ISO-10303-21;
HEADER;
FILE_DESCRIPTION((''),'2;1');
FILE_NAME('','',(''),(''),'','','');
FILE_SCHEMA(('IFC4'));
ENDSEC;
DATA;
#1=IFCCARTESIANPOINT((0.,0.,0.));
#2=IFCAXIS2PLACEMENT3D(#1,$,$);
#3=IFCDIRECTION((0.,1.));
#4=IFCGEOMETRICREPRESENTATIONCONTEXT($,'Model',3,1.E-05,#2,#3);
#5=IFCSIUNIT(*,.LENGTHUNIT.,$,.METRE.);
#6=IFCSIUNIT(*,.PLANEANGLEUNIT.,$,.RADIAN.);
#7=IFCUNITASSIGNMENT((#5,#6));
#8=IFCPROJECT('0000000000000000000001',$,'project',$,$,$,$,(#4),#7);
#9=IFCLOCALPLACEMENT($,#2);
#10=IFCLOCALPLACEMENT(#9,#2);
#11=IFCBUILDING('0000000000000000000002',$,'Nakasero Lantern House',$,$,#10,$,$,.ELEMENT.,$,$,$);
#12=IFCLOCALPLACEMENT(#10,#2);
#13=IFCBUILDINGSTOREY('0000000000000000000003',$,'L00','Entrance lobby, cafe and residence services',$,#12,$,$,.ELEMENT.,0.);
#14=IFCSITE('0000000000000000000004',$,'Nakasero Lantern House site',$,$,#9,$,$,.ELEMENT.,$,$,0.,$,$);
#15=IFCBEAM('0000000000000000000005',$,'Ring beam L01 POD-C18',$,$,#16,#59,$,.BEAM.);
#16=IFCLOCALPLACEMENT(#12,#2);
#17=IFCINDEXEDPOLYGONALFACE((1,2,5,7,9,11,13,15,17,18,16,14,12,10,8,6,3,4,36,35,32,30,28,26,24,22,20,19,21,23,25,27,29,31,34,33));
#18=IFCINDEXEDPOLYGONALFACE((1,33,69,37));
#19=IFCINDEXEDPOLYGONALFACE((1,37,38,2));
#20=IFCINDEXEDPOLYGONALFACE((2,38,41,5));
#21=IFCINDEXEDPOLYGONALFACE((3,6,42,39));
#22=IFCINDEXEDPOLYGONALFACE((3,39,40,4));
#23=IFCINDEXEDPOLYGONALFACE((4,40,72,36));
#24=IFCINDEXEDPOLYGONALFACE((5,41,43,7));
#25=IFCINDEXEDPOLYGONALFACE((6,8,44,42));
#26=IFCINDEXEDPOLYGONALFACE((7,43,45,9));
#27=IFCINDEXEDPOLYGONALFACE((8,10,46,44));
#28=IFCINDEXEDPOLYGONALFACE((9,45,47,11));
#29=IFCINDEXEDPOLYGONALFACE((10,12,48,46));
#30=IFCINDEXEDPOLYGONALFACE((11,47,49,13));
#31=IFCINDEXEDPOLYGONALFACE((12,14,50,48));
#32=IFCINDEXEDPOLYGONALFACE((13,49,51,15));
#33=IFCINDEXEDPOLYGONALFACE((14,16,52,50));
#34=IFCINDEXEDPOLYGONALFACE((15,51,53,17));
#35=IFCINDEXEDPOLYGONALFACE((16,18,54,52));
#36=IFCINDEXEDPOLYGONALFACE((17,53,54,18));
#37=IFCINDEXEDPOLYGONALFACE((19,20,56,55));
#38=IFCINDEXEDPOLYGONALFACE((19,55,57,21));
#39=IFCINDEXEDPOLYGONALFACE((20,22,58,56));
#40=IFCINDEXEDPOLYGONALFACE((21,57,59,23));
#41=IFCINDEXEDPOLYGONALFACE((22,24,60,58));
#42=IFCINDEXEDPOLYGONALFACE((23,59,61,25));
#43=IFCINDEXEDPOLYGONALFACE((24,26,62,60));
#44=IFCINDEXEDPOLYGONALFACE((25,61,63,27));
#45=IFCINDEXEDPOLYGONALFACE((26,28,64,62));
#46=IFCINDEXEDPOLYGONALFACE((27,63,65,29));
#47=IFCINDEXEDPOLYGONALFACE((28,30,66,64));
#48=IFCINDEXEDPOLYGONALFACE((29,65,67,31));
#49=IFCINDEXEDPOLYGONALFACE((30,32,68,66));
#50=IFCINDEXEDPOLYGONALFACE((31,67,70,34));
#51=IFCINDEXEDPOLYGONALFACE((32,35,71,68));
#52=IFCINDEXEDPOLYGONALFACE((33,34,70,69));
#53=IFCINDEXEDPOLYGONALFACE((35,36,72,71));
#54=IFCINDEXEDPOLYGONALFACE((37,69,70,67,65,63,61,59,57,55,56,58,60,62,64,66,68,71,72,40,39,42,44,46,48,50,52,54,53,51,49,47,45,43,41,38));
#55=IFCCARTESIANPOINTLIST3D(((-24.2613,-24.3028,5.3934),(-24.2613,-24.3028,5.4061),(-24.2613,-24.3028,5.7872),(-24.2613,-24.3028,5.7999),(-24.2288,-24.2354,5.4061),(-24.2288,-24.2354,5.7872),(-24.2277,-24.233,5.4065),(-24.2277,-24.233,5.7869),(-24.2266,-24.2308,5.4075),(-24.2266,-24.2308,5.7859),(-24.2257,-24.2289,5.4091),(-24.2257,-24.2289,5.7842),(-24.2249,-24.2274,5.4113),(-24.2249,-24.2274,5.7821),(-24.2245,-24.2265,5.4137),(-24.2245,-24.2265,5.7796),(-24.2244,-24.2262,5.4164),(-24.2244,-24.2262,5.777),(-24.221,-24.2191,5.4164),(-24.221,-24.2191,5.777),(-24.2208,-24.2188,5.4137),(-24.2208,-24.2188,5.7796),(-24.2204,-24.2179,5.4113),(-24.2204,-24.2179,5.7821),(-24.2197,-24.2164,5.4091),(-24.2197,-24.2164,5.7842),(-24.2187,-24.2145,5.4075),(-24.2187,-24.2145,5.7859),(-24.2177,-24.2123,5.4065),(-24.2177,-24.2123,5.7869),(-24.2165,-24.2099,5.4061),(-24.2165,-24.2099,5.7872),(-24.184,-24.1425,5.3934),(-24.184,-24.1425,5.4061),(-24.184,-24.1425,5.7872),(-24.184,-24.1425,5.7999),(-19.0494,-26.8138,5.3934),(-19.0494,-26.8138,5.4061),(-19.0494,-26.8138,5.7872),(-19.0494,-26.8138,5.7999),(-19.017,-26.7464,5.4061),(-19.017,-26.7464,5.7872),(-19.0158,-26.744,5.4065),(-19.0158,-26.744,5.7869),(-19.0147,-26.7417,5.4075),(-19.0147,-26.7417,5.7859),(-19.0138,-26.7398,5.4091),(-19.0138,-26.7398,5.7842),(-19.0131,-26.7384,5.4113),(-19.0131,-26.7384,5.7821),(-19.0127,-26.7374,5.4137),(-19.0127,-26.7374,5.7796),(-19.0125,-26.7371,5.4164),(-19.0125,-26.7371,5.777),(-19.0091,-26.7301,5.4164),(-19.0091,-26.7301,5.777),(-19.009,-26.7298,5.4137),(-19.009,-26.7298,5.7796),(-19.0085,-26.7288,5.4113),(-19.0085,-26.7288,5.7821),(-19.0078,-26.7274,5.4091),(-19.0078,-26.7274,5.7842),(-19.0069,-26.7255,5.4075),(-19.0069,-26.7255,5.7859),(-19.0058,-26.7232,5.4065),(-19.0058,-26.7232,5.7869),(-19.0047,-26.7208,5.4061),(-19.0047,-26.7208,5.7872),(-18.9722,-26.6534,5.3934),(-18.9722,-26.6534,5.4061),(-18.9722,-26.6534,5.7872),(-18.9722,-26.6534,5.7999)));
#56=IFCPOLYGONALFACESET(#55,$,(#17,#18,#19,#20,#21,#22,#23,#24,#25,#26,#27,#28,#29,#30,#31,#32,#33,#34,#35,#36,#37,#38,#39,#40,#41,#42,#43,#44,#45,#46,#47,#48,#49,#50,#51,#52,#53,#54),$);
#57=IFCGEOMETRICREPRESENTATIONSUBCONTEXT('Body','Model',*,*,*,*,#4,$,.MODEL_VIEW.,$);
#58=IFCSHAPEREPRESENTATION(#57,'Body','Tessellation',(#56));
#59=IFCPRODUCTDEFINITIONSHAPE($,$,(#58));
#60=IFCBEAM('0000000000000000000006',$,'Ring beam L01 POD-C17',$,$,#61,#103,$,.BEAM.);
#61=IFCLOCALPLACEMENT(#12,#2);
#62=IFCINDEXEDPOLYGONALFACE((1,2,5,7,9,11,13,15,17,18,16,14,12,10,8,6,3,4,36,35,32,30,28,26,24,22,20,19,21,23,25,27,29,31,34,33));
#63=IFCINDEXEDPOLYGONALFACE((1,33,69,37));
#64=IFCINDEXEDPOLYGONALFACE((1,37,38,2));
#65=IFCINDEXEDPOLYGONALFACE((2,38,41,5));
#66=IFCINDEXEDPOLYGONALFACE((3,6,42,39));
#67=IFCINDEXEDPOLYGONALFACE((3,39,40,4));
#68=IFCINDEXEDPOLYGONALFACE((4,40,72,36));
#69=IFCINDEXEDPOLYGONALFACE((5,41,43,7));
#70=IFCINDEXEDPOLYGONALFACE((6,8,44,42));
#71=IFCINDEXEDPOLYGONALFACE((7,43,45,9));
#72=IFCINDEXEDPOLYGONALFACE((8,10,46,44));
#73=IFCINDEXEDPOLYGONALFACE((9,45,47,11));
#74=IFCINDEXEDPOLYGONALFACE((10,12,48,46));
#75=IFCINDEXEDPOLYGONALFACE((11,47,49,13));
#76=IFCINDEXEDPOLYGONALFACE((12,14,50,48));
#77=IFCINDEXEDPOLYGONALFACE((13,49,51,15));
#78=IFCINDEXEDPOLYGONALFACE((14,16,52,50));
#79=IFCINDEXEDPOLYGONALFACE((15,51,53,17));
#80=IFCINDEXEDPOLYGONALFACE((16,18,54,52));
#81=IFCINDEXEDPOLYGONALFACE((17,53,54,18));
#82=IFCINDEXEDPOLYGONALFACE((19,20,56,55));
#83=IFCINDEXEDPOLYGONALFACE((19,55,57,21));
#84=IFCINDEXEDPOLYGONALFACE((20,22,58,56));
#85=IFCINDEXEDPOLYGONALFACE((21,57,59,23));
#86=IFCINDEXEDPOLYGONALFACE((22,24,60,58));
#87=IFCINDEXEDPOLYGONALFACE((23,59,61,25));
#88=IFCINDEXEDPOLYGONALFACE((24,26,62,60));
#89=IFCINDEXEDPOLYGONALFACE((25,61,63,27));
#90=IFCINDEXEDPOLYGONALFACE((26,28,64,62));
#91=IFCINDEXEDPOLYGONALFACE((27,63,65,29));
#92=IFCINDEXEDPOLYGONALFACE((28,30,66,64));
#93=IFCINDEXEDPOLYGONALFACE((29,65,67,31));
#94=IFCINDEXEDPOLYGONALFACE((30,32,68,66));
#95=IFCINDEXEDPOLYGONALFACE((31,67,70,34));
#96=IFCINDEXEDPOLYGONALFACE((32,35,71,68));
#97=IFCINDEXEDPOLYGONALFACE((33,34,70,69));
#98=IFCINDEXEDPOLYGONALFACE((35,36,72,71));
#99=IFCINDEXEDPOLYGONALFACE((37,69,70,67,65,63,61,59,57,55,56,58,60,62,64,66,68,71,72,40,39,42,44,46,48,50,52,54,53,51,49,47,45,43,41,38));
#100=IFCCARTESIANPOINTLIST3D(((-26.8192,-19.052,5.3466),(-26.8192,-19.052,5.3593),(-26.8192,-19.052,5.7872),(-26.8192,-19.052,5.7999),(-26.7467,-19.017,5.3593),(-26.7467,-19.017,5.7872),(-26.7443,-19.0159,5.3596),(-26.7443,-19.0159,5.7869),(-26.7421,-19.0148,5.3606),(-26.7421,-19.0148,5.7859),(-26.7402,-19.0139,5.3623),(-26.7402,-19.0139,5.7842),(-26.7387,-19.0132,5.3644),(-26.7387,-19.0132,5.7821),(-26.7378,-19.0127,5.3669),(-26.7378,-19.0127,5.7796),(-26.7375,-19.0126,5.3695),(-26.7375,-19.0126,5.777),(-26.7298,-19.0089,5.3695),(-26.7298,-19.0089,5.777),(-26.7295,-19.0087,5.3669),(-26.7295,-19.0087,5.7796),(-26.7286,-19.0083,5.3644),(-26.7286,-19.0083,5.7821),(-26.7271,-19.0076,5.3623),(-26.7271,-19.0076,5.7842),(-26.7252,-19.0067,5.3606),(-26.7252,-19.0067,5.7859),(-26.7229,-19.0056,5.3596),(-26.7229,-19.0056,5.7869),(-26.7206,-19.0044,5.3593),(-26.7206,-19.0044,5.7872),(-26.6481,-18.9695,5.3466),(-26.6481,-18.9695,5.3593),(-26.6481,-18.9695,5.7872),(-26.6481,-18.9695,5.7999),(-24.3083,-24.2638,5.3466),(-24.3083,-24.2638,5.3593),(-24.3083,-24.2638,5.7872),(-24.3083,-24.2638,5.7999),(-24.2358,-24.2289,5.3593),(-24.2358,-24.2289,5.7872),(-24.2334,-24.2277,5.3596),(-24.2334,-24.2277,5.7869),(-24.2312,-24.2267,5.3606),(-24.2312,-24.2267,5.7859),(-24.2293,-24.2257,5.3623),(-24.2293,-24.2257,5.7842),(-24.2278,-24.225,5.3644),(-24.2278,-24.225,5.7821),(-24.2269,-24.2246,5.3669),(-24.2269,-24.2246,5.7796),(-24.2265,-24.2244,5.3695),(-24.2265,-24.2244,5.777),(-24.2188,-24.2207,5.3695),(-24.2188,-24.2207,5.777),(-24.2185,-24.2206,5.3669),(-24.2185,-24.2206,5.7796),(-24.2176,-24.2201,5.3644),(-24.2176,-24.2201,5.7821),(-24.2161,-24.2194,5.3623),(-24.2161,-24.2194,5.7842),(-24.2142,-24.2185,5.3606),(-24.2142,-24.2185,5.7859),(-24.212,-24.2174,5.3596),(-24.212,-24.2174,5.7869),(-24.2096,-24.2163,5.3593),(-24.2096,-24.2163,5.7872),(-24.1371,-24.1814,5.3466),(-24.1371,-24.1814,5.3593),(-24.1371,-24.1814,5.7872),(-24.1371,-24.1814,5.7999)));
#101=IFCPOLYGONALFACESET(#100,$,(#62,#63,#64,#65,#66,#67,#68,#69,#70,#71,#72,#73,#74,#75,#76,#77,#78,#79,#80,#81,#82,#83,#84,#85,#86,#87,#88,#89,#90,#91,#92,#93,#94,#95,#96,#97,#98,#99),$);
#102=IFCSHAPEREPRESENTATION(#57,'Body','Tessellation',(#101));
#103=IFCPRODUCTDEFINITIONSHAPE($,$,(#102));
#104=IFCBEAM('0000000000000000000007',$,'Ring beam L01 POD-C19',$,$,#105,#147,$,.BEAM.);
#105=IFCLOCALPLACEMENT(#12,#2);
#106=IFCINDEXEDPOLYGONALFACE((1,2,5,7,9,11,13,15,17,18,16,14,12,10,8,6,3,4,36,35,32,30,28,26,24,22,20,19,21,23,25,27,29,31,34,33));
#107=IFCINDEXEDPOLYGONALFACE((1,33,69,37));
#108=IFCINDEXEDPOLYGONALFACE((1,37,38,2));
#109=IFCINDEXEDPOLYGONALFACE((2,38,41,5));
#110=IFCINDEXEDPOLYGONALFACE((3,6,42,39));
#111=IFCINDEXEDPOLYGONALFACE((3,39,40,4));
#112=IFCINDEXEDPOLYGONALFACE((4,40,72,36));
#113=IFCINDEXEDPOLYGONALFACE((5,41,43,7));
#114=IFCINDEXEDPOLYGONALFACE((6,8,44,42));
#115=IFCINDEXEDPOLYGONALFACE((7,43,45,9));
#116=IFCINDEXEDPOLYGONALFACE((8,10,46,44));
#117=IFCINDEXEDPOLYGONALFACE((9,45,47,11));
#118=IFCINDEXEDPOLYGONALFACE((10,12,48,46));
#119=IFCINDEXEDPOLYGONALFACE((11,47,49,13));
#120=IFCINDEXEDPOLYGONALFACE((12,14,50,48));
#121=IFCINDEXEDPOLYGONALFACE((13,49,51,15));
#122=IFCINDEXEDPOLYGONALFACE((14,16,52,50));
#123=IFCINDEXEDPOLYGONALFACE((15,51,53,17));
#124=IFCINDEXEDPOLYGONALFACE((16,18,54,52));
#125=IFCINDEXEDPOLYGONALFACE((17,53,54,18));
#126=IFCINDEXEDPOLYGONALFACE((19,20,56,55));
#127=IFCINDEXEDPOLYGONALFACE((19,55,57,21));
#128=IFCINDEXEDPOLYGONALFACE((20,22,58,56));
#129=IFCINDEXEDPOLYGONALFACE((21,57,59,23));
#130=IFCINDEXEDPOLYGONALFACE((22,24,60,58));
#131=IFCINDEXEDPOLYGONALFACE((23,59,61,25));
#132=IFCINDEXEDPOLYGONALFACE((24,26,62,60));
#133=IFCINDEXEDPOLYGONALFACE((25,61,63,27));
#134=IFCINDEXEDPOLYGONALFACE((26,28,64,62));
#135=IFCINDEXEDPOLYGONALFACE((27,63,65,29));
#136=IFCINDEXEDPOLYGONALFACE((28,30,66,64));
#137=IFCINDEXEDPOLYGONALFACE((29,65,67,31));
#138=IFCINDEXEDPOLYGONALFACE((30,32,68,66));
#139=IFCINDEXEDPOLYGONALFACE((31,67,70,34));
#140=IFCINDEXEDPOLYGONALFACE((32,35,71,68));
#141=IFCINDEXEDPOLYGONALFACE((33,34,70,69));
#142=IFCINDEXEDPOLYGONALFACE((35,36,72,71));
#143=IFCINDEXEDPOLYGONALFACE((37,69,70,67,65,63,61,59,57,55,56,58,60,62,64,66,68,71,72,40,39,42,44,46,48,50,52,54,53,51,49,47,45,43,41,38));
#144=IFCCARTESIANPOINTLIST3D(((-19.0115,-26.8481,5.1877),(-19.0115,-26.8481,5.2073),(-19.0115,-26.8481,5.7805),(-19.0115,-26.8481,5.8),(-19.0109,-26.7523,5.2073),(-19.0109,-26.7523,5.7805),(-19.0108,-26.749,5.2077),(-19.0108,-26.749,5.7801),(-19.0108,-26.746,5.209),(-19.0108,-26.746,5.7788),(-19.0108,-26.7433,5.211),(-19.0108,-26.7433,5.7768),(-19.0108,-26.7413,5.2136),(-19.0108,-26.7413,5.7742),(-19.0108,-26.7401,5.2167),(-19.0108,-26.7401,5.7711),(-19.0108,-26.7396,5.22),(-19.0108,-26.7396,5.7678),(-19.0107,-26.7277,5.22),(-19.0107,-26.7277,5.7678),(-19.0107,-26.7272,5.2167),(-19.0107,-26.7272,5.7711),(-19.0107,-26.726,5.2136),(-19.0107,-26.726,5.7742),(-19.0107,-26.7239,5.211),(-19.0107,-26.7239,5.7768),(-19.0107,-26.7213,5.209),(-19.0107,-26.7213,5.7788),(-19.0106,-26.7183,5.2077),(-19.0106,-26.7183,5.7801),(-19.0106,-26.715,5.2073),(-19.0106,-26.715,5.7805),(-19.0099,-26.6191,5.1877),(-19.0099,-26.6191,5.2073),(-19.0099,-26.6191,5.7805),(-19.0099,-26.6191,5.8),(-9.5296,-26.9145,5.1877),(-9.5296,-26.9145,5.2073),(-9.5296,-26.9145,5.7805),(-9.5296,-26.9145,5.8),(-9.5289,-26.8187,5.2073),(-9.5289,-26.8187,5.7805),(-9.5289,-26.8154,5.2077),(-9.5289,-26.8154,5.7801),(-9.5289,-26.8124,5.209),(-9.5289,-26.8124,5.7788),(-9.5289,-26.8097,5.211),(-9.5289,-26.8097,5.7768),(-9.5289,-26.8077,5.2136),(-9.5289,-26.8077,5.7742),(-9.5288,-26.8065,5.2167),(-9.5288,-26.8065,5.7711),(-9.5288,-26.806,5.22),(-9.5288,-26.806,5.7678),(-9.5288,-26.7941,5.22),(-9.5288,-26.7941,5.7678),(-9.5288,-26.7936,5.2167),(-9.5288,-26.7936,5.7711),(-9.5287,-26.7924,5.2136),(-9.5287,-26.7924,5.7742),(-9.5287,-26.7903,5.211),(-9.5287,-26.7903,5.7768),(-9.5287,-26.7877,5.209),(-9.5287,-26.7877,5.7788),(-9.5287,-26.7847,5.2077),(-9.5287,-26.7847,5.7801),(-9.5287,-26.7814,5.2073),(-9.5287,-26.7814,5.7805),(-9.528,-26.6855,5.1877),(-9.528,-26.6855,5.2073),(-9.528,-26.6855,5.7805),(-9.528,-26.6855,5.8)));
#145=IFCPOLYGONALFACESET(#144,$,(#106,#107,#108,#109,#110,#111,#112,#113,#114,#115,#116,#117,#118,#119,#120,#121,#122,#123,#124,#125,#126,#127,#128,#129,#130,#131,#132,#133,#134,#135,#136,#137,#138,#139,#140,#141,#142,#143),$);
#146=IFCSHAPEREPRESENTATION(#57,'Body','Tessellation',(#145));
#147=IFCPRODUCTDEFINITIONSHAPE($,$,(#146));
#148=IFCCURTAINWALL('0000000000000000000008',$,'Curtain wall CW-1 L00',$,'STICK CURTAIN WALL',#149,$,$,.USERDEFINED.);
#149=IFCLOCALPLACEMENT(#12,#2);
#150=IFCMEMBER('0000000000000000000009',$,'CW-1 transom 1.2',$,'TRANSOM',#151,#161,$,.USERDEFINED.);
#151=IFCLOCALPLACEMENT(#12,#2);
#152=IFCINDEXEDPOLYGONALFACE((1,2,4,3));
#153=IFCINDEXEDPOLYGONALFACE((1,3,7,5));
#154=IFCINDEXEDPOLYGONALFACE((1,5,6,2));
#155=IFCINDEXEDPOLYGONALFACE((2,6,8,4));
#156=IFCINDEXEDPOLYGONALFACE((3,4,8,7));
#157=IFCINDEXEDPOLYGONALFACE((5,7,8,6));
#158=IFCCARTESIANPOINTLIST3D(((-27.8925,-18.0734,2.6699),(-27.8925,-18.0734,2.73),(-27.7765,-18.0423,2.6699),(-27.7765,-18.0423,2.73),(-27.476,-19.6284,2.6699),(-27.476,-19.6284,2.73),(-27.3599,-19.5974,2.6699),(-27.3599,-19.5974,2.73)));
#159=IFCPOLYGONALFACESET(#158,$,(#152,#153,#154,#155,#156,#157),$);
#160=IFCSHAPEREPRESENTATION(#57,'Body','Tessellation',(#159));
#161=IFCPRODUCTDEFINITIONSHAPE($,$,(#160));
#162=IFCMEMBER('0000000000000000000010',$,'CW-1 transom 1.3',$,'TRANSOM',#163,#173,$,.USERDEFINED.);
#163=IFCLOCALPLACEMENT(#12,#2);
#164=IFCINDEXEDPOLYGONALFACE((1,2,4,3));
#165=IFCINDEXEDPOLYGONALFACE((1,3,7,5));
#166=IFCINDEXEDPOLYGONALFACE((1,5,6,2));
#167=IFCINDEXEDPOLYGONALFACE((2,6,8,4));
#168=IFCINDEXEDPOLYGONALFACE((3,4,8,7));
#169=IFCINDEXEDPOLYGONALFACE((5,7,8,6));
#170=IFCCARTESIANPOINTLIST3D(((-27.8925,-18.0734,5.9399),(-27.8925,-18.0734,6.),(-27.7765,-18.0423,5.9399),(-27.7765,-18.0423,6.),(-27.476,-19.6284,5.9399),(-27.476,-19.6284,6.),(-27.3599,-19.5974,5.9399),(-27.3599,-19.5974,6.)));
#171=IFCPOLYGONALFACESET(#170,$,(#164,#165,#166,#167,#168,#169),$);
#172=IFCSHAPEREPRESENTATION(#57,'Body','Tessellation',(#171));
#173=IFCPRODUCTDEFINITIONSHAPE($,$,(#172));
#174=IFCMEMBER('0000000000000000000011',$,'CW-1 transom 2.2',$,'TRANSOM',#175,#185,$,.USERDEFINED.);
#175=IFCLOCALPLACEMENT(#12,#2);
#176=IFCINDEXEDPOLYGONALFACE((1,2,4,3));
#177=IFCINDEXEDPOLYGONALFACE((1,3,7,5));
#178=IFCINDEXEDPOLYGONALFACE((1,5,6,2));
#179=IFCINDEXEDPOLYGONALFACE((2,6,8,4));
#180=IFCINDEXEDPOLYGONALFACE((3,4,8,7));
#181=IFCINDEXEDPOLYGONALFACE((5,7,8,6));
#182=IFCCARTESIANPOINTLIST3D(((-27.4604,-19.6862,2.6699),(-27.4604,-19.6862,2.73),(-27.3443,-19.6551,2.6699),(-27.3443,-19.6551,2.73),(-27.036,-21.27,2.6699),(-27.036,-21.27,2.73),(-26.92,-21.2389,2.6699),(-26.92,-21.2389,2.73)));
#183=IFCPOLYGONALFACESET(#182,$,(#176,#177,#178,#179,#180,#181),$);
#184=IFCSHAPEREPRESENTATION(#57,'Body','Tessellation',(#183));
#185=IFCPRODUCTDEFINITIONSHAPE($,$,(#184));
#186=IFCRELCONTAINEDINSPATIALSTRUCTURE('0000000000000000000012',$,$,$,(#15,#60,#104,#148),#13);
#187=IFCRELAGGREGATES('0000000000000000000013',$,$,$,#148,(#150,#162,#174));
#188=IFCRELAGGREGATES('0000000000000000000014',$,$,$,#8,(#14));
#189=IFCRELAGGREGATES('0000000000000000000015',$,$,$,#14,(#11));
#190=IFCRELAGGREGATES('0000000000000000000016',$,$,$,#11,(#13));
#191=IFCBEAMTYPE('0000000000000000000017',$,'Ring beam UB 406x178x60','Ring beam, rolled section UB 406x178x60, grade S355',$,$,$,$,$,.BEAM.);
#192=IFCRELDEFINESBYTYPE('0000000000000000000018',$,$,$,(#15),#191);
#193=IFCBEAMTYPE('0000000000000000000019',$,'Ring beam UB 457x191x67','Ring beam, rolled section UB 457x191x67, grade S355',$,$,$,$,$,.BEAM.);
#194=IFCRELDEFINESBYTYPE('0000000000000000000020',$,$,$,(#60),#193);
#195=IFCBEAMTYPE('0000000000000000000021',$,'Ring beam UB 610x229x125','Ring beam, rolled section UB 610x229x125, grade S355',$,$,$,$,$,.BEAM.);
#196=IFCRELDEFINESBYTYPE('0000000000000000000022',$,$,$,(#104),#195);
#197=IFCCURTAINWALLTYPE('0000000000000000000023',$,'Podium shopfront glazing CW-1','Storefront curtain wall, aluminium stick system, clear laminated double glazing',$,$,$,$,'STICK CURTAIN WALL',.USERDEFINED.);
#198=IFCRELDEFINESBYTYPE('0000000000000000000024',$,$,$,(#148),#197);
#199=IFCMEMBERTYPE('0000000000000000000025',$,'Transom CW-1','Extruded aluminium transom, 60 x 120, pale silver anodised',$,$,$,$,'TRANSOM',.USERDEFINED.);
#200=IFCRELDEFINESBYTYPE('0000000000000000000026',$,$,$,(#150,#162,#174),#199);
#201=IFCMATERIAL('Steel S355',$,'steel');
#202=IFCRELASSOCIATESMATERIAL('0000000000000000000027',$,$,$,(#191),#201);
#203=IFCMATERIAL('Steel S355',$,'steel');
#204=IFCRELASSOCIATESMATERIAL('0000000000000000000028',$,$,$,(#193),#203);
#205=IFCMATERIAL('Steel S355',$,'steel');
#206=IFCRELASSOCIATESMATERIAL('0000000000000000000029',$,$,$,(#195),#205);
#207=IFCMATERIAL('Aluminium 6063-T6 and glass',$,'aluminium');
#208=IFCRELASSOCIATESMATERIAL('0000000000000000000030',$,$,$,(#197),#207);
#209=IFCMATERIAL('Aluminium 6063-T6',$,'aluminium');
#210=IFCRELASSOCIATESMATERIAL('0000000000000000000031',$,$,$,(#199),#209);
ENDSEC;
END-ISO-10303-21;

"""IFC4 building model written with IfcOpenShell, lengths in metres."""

from ifc_helpers import new_model, si_unit, direction, frame, origin, origin_2d, place, context, subcontext, project, spatial, rectangle, i_section, extrude, material, material_profile, profile_set, type_object, element, aggregate, save


model = new_model("IFC4")

# Units and contexts
model_context = context("Model", 3, precision=1e-05, world=origin(), true_north=direction((0.0, 1.0)))
body_context = subcontext(model_context, "Body", "Model", "MODEL_VIEW")
ifc_project = project(units=[si_unit("LENGTHUNIT", "METRE"), si_unit("PLANEANGLEUNIT", "RADIAN")], contexts=[model_context])

# Site, building, storey
site_placement = place(None, origin())
site = spatial("IfcSite", under=ifc_project, at=site_placement, Name="Nakasero Lantern House site", CompositionType="ELEMENT", RefElevation=0.0)
building_placement = place(site_placement, origin())
building = spatial("IfcBuilding", under=site, at=building_placement, Name="Nakasero Lantern House", CompositionType="ELEMENT")
storey_placement = place(building_placement, origin())
storey = spatial("IfcBuildingStorey", under=building, at=storey_placement, Name="L00", Description="Entrance lobby, cafe and residence services", CompositionType="ELEMENT", Elevation=0.0)

# Beams
ifc_material_1 = material(Name="Steel S355", Category="steel")
ifc_material_profile_1 = material_profile(ifc_material_1, i_section(OverallWidth=0.178, OverallDepth=0.4065, WebThickness=0.0078, FlangeThickness=0.0127, FilletRadius=0.0103, at=origin_2d()), Name="UB 406x178x60")
ifc_profile_set_1 = profile_set([ifc_material_profile_1], Name="Steel S355")
beam_type_1 = type_object("IfcBeamType", Name="Ring beam UB 406x178x60", Description="Ring beam, rolled section UB 406x178x60, grade S355", PredefinedType="BEAM", material=ifc_profile_set_1)
beam_1_placement = place(storey_placement, frame((-24.2227, -24.2227, 5.5967), z_axis=(0.900897, -0.434033, 0.0), x_axis=(0.434033, 0.900897, 0.0)))
element("IfcBeam", 1, at=beam_1_placement, inside=storey, type_object=beam_type_1, Name="Ring beam L01 POD-C18", PredefinedType="BEAM", context=body_context, shape_type="SweptSolid", body=[
    extrude(i_section(OverallWidth=0.178, OverallDepth=0.4065, WebThickness=0.0078, FlangeThickness=0.0127, FilletRadius=0.0103, at=origin_2d()), origin(), (0.0, 0.0, 1.0), 5.7852),
])
ifc_material_2 = material(Name="Steel S355", Category="steel")
ifc_material_profile_2 = material_profile(ifc_material_2, i_section(OverallWidth=0.1899, OverallDepth=0.4534, WebThickness=0.0085, FlangeThickness=0.0127, FilletRadius=0.0103, at=origin_2d()), Name="UB 457x191x67")
ifc_profile_set_2 = profile_set([ifc_material_profile_2], Name="Steel S355")
beam_type_2 = type_object("IfcBeamType", Name="Ring beam UB 457x191x67", Description="Ring beam, rolled section UB 457x191x67, grade S355", PredefinedType="BEAM", material=ifc_profile_set_2)
beam_2_placement = place(storey_placement, frame((-26.7336, -19.0107, 5.5732), z_axis=(0.434033, -0.900897, 0.0), x_axis=(0.900897, 0.434033, 0.0)))
element("IfcBeam", 2, at=beam_2_placement, inside=storey, type_object=beam_type_2, Name="Ring beam L01 POD-C17", PredefinedType="BEAM", context=body_context, shape_type="SweptSolid", body=[
    extrude(i_section(OverallWidth=0.1899, OverallDepth=0.4534, WebThickness=0.0085, FlangeThickness=0.0127, FilletRadius=0.0103, at=origin_2d()), origin(), (0.0, 0.0, 1.0), 5.7852),
])
ifc_material_3 = material(Name="Steel S355", Category="steel")
ifc_material_profile_3 = material_profile(ifc_material_3, i_section(OverallWidth=0.229, OverallDepth=0.6123, WebThickness=0.012, FlangeThickness=0.0195, FilletRadius=0.0127, at=origin_2d()), Name="UB 610x229x125")
ifc_profile_set_3 = profile_set([ifc_material_profile_3], Name="Steel S355")
beam_type_3 = type_object("IfcBeamType", Name="Ring beam UB 610x229x125", Description="Ring beam, rolled section UB 610x229x125, grade S355", PredefinedType="BEAM", material=ifc_profile_set_3)
beam_3_placement = place(storey_placement, frame((-19.0107, -26.7336, 5.4939), z_axis=(0.999975, -0.007003, 0.0), x_axis=(0.007003, 0.999975, 0.0)))
element("IfcBeam", 3, at=beam_3_placement, inside=storey, type_object=beam_type_3, Name="Ring beam L01 POD-C19", PredefinedType="BEAM", context=body_context, shape_type="SweptSolid", body=[
    extrude(i_section(OverallWidth=0.229, OverallDepth=0.6123, WebThickness=0.012, FlangeThickness=0.0195, FilletRadius=0.0127, at=origin_2d()), origin(), (0.0, 0.0, 1.0), 9.4822),
])

# Curtain wall, members
ifc_material_4 = material(Name="Aluminium 6063-T6 and glass", Category="aluminium")
curtain_wall_type = type_object("IfcCurtainWallType", Name="Podium shopfront glazing CW-1", Description="Storefront curtain wall, aluminium stick system, clear laminated double glazing", ElementType="STICK CURTAIN WALL", PredefinedType="USERDEFINED", material=ifc_material_4)
curtain_wall_1_placement = place(storey_placement, origin())
curtain_wall_1 = element("IfcCurtainWall", 4, at=curtain_wall_1_placement, inside=storey, type_object=curtain_wall_type, Name="Curtain wall CW-1 L00", ObjectType="STICK CURTAIN WALL", PredefinedType="USERDEFINED")
ifc_material_5 = material(Name="Aluminium 6063-T6", Category="aluminium")
ifc_material_profile_4 = material_profile(ifc_material_5, rectangle(XDim=0.0601, YDim=0.1201, at=origin_2d()), Name="CW-1 transom 60x120")
ifc_profile_set_4 = profile_set([ifc_material_profile_4], Name="Aluminium 6063-T6")
member_type = type_object("IfcMemberType", Name="Transom CW-1", Description="Extruded aluminium transom, 60 x 120, pale silver anodised", ElementType="TRANSOM", PredefinedType="USERDEFINED", material=ifc_profile_set_4)
member_1_placement = place(storey_placement, frame((-27.8345, -18.0579, 2.7), z_axis=(0.258739, -0.965947, 0.0), x_axis=(0.0, 0.0, 1.0)))
member_1 = element("IfcMember", 5, at=member_1_placement, type_object=member_type, Name="CW-1 transom 1.2", ObjectType="TRANSOM", PredefinedType="USERDEFINED", context=body_context, shape_type="SweptSolid", body=[
    extrude(rectangle(XDim=0.0601, YDim=0.1201, at=origin_2d()), origin(), (0.0, 0.0, 1.0), 1.6099),
])
member_2_placement = place(storey_placement, frame((-27.8345, -18.0579, 5.97), z_axis=(0.258739, -0.965947, 0.0), x_axis=(0.0, 0.0, 1.0)))
member_2 = element("IfcMember", 6, at=member_2_placement, type_object=member_type, Name="CW-1 transom 1.3", ObjectType="TRANSOM", PredefinedType="USERDEFINED", context=body_context, shape_type="SweptSolid", body=[
    extrude(rectangle(XDim=0.0601, YDim=0.1201, at=origin_2d()), origin(), (0.0, 0.0, 1.0), 1.6099),
])
member_3_placement = place(storey_placement, frame((-27.4023, -19.6707, 2.7), z_axis=(0.258793, -0.965933, 0.0), x_axis=(0.0, 0.0, 1.0)))
member_3 = element("IfcMember", 7, at=member_3_placement, type_object=member_type, Name="CW-1 transom 2.2", ObjectType="TRANSOM", PredefinedType="USERDEFINED", context=body_context, shape_type="SweptSolid", body=[
    extrude(rectangle(XDim=0.0601, YDim=0.1201, at=origin_2d()), origin(), (0.0, 0.0, 1.0), 1.6396),
])

aggregate(curtain_wall_1, [member_1, member_2, member_3])

save(model, "model.ifc")
